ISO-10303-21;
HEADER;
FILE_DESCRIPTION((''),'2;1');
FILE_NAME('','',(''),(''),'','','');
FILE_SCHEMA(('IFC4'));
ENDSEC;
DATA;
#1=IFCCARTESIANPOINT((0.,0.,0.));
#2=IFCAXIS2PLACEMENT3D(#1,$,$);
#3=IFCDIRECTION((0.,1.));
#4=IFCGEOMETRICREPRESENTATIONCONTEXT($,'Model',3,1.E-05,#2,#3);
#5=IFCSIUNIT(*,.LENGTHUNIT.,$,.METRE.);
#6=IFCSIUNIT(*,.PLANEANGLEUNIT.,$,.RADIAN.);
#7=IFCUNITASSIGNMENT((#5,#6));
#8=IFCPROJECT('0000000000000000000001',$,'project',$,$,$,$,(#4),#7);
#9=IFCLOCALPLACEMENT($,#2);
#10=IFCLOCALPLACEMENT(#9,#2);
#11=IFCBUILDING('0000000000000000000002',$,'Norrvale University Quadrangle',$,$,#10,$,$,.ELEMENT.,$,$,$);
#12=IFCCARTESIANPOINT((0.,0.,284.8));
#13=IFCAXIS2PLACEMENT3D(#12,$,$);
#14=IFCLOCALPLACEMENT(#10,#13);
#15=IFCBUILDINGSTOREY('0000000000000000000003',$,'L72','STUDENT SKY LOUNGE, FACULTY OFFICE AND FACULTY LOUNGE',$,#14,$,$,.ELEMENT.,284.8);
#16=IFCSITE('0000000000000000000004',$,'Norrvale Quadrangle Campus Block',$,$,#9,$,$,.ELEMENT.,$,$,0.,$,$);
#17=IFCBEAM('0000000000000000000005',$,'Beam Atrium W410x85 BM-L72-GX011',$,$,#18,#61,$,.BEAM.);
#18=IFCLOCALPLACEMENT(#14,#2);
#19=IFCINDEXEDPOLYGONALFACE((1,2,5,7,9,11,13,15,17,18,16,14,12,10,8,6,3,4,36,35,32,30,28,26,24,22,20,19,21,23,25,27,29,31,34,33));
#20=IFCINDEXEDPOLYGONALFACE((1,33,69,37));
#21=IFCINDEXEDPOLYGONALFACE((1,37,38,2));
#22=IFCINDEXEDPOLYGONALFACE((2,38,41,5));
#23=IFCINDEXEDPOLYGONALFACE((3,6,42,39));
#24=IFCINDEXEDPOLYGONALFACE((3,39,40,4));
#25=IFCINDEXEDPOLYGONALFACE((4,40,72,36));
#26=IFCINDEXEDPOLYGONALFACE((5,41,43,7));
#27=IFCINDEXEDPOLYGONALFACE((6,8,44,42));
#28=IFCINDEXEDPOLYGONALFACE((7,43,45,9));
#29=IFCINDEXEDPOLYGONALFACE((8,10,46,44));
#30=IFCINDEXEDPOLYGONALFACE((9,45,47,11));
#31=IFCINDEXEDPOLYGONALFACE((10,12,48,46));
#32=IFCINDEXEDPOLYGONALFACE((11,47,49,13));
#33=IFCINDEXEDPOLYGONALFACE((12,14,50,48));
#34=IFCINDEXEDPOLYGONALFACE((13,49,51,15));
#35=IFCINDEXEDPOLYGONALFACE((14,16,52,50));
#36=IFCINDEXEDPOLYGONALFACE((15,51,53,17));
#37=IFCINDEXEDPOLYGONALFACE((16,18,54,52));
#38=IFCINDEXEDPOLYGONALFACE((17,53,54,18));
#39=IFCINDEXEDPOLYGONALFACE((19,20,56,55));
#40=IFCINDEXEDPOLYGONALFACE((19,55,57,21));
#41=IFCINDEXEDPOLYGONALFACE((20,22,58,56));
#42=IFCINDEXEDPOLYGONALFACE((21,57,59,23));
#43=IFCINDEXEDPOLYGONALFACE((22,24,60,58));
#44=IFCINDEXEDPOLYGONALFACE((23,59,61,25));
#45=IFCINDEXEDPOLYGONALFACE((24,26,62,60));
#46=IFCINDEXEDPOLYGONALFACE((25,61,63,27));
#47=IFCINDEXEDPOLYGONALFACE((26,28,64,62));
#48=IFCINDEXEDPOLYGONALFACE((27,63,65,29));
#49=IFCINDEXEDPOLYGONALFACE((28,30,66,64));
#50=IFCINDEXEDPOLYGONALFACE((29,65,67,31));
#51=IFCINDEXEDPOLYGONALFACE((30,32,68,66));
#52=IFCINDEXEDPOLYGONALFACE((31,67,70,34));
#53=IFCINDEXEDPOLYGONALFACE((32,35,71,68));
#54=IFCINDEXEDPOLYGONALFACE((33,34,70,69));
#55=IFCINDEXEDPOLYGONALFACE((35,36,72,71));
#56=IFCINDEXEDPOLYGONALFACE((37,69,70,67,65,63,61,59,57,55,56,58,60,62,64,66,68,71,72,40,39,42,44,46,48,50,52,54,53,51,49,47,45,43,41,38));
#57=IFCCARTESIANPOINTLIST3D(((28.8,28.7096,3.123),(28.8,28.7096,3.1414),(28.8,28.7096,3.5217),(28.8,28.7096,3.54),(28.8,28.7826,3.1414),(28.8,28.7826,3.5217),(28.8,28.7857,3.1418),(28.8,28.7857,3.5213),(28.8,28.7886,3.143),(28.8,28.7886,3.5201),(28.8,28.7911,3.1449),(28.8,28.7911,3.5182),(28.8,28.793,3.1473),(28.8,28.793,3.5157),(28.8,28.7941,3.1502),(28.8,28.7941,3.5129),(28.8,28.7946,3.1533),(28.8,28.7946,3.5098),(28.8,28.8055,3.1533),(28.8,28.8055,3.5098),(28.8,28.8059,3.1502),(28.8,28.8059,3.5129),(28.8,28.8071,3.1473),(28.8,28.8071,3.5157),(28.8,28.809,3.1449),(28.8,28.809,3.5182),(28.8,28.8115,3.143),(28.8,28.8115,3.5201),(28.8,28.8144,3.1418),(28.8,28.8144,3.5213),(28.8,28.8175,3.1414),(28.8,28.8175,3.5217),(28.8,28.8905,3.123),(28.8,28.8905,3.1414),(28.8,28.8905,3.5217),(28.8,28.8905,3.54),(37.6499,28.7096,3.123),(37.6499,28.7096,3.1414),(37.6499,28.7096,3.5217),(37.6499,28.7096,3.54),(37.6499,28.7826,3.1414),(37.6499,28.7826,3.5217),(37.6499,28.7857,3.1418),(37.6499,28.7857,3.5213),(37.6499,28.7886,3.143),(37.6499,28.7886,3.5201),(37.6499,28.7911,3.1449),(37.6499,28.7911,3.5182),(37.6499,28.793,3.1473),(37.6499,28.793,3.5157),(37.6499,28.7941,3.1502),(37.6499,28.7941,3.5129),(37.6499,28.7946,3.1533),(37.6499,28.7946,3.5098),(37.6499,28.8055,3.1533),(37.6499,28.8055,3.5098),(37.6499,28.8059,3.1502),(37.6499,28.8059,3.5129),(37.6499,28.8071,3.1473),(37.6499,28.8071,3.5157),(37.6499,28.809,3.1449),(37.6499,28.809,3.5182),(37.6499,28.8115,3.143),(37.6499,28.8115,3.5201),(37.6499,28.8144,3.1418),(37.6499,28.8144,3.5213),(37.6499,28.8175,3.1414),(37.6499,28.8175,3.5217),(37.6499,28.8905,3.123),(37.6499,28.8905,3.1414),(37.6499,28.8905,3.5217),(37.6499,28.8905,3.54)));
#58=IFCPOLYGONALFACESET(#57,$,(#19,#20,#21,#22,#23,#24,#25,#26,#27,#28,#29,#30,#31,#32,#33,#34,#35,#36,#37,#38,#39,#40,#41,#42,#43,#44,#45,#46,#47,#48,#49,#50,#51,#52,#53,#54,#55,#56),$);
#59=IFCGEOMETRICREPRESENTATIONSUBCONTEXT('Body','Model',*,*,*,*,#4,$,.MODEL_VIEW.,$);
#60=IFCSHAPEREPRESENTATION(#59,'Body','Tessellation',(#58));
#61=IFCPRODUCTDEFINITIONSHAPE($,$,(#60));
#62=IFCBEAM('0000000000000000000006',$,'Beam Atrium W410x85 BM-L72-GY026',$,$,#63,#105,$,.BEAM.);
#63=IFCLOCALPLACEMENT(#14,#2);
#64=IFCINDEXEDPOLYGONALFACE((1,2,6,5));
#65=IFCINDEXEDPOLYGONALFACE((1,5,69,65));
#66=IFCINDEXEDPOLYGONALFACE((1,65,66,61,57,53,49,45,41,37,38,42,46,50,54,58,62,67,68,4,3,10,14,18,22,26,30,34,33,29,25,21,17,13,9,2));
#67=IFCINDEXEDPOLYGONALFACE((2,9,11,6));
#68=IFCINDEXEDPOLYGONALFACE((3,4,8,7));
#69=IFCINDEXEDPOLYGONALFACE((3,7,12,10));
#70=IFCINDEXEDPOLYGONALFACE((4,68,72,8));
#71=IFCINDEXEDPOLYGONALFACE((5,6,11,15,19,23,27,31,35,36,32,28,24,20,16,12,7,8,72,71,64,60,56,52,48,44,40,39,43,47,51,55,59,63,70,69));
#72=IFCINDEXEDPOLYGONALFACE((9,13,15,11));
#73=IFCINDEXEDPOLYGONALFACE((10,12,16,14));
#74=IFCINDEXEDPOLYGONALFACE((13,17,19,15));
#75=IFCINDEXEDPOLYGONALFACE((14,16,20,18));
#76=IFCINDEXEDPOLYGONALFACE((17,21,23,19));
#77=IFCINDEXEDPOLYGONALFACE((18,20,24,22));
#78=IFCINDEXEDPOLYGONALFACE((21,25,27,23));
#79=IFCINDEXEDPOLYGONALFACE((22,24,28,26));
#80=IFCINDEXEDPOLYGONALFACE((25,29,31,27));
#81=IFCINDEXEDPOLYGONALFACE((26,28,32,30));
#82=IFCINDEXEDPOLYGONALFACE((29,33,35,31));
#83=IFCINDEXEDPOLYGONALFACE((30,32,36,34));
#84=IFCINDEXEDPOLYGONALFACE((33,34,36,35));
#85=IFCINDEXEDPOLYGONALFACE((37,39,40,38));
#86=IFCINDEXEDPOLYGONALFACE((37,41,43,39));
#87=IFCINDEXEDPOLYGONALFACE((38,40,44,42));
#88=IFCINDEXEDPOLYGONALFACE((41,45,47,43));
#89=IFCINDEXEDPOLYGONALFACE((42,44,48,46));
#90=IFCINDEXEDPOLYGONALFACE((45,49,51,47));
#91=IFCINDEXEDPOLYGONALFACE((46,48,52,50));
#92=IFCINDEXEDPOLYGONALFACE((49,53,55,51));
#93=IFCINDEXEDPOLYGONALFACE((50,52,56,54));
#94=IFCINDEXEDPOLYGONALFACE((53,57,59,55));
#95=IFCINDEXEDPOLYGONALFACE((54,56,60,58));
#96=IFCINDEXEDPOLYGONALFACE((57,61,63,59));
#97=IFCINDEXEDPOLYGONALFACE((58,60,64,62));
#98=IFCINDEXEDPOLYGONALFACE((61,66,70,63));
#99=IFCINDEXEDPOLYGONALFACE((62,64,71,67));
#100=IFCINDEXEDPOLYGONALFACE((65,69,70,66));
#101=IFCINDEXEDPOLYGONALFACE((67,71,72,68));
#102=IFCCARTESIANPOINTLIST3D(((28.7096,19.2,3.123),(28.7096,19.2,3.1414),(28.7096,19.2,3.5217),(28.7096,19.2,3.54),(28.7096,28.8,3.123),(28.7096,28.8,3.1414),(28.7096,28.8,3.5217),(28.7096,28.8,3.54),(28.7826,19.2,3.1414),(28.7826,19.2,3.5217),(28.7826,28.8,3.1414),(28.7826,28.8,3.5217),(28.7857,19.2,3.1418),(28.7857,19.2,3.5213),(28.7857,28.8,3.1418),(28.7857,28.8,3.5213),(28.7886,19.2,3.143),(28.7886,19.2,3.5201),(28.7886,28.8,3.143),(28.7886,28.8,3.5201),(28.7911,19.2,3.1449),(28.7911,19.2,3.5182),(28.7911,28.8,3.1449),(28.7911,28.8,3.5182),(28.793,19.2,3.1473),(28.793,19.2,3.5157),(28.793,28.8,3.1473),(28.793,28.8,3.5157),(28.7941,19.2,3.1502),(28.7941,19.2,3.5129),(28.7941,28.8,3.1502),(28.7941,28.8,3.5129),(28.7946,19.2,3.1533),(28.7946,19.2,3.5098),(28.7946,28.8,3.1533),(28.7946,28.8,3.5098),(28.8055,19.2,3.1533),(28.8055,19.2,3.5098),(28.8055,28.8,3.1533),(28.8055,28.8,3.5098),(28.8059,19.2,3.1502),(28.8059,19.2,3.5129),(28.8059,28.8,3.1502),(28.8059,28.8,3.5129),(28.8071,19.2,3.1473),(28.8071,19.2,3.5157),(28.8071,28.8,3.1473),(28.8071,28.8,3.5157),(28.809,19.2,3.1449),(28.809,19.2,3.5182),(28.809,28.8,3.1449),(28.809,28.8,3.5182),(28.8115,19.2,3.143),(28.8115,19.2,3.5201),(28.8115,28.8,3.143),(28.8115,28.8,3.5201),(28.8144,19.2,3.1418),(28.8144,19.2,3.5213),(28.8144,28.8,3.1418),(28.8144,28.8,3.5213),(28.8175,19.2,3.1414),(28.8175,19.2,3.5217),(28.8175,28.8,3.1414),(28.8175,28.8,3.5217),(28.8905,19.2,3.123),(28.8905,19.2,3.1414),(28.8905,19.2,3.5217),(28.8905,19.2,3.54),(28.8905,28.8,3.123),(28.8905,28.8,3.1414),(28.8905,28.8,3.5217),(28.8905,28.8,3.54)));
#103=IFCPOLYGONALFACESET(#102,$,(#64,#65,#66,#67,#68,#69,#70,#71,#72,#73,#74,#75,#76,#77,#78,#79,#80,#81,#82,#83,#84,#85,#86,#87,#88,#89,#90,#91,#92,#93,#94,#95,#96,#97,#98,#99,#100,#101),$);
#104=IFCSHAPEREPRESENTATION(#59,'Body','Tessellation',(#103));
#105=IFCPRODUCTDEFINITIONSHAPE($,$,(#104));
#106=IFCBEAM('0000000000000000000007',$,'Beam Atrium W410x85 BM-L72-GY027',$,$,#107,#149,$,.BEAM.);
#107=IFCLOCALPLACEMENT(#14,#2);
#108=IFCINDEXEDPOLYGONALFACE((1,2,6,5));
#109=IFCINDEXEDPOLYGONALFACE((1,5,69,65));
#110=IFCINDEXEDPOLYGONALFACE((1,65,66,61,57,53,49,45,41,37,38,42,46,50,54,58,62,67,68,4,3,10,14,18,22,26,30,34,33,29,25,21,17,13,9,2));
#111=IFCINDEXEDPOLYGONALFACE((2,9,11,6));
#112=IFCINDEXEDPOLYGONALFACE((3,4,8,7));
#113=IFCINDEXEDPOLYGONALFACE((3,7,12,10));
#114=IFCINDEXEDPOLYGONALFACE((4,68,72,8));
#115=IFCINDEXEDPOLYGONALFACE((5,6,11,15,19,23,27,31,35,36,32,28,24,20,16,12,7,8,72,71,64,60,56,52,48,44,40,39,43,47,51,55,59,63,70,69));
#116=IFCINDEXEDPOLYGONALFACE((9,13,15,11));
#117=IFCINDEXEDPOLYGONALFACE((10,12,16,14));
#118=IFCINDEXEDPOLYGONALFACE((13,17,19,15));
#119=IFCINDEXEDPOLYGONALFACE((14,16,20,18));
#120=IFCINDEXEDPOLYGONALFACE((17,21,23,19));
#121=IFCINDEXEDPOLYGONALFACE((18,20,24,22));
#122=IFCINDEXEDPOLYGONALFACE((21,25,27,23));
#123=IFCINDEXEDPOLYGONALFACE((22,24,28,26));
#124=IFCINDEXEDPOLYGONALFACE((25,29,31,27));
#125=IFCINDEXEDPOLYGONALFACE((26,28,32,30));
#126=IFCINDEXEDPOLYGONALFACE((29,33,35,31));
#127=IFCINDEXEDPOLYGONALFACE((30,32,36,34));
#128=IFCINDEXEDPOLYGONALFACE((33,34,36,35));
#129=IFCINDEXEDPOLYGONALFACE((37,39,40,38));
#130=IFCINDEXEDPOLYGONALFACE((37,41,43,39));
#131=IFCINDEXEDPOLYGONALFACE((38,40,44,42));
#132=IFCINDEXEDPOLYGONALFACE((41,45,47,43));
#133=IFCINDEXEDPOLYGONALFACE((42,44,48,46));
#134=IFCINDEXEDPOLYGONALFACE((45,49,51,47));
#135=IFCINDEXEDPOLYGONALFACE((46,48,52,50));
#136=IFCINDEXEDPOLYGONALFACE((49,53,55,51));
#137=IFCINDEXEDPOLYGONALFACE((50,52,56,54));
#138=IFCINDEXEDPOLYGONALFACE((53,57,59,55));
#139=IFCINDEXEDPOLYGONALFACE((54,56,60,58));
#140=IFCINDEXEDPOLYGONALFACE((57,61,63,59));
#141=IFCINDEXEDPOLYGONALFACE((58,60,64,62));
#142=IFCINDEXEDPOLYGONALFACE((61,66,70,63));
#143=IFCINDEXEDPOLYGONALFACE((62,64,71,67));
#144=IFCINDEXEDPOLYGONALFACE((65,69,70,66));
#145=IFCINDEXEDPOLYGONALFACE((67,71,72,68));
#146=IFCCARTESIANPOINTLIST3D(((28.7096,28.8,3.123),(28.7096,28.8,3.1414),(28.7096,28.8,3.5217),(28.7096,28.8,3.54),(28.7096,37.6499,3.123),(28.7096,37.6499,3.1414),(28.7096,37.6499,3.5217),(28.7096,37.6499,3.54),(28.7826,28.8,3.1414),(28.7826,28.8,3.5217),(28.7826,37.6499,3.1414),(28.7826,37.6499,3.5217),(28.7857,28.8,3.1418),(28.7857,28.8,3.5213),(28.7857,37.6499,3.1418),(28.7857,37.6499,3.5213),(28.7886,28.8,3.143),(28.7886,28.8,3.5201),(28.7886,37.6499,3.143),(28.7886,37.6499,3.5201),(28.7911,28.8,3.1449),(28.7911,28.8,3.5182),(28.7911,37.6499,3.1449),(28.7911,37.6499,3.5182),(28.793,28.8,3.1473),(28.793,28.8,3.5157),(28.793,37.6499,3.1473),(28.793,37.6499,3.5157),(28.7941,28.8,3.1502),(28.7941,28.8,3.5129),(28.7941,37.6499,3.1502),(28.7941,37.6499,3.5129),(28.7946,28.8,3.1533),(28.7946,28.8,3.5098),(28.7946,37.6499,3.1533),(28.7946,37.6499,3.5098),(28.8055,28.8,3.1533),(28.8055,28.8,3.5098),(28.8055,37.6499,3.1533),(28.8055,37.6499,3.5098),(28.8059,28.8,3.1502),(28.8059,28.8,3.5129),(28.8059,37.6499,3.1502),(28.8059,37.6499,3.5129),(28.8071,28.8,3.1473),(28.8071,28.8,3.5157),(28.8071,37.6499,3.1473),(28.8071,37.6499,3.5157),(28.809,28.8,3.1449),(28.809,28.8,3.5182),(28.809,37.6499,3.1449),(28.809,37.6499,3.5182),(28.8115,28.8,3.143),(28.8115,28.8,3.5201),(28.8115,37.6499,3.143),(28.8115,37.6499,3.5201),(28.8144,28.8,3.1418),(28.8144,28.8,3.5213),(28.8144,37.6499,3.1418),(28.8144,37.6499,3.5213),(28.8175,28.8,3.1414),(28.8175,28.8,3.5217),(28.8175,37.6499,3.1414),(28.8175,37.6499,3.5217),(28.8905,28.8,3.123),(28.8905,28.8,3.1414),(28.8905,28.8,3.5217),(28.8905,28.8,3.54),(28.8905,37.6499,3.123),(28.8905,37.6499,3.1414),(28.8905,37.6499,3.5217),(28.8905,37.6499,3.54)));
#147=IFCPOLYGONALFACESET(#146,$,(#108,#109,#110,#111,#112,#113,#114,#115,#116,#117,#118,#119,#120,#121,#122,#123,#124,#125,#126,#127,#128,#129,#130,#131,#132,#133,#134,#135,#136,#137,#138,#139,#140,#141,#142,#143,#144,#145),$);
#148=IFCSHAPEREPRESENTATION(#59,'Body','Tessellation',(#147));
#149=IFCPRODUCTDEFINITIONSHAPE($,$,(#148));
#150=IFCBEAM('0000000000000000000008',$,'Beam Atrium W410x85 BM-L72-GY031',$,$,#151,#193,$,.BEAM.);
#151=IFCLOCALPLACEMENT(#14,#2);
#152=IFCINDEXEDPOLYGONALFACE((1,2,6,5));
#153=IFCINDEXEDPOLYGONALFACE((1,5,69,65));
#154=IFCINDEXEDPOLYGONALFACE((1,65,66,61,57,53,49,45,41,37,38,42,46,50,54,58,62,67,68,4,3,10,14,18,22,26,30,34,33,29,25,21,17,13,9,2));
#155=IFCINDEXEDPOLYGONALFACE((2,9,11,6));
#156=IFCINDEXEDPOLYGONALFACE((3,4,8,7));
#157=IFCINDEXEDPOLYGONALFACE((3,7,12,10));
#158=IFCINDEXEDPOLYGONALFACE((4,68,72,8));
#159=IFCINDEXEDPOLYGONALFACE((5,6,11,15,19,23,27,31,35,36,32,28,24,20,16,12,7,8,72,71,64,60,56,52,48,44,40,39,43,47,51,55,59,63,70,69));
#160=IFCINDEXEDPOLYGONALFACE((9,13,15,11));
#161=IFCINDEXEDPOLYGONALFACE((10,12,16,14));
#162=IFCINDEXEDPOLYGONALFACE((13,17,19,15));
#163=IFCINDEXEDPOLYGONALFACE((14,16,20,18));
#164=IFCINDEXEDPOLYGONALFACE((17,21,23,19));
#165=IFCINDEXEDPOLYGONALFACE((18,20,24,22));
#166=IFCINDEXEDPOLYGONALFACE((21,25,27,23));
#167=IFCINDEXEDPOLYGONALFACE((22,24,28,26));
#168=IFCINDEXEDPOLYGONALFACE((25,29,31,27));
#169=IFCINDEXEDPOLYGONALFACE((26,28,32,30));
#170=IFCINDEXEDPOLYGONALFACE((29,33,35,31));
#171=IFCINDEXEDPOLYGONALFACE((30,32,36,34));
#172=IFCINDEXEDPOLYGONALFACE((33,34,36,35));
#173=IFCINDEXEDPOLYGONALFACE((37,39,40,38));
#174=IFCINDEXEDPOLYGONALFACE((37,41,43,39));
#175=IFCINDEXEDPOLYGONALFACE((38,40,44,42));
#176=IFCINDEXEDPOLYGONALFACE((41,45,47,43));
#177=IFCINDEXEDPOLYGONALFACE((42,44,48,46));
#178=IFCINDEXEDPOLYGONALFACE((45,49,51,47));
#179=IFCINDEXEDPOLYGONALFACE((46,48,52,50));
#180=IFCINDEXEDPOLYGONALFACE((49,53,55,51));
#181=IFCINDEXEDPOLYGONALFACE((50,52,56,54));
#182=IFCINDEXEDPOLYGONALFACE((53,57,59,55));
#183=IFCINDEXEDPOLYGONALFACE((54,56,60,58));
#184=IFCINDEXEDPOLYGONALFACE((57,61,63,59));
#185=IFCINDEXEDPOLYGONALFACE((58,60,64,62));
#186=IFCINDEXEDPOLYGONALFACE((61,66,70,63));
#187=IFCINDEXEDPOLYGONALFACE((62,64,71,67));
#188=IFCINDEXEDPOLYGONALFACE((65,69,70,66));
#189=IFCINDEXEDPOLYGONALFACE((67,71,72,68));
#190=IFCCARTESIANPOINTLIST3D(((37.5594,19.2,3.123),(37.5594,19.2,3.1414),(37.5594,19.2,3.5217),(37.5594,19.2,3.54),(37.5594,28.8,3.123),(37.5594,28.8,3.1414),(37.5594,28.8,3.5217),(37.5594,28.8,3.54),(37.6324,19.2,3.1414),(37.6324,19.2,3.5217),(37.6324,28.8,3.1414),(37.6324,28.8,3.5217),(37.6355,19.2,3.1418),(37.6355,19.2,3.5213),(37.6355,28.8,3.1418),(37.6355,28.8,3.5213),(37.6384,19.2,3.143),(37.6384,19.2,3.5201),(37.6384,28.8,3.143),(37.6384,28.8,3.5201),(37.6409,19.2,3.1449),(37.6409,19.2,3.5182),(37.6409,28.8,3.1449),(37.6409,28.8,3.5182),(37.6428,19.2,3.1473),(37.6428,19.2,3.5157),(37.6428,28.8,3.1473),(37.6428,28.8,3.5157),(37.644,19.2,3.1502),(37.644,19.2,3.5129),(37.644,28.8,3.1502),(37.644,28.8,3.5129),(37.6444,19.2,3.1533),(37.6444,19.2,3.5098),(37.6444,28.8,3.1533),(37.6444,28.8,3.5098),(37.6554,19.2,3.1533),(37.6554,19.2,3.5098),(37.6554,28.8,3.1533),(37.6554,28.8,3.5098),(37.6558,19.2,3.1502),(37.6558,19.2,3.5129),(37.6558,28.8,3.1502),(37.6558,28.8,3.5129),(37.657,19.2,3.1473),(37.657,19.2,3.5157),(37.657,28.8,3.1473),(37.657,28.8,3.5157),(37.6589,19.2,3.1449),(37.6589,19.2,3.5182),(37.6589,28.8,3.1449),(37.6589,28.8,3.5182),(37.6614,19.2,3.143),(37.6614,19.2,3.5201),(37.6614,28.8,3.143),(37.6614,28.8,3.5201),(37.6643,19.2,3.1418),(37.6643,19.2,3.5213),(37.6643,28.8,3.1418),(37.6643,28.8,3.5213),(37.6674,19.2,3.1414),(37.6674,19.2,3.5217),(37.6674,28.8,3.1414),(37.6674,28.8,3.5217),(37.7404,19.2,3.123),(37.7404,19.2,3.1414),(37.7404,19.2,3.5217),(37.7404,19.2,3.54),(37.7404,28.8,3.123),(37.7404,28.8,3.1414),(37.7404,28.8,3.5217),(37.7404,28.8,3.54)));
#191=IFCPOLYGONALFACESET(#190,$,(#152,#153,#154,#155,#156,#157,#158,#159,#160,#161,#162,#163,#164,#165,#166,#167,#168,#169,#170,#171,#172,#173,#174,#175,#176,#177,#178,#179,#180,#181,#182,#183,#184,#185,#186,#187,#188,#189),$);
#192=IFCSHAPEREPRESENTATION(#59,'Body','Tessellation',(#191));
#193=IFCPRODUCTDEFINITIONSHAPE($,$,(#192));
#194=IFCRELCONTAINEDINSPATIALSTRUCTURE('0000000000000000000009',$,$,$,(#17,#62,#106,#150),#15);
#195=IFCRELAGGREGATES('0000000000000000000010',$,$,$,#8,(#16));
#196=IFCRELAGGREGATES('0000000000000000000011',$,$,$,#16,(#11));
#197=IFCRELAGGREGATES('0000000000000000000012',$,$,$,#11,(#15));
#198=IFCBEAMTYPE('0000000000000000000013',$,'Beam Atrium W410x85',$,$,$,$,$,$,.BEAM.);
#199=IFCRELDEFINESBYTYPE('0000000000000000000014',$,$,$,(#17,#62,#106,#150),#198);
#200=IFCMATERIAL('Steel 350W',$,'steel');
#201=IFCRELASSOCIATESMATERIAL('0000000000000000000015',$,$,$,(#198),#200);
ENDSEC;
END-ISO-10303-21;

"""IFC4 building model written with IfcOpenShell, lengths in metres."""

from ifc_helpers import new_model, si_unit, direction, frame, origin, origin_2d, place, context, subcontext, project, spatial, i_section, extrude, material, material_profile, profile_set, type_object, element, save


model = new_model("IFC4")

# Units and contexts
model_context = context("Model", 3, precision=1e-05, world=origin(), true_north=direction((0.0, 1.0)))
body_context = subcontext(model_context, "Body", "Model", "MODEL_VIEW")
ifc_project = project(units=[si_unit("LENGTHUNIT", "METRE"), si_unit("PLANEANGLEUNIT", "RADIAN")], contexts=[model_context])

# Site, building, storey
site_placement = place(None, origin())
site = spatial("IfcSite", under=ifc_project, at=site_placement, Name="Norrvale Quadrangle Campus Block", CompositionType="ELEMENT", RefElevation=0.0)
building_placement = place(site_placement, origin())
building = spatial("IfcBuilding", under=site, at=building_placement, Name="Norrvale University Quadrangle", CompositionType="ELEMENT")
storey_placement = place(building_placement, frame((0.0, 0.0, 284.8)))
storey = spatial("IfcBuildingStorey", under=building, at=storey_placement, Name="L72", Description="STUDENT SKY LOUNGE, FACULTY OFFICE AND FACULTY LOUNGE", CompositionType="ELEMENT", Elevation=284.8)

# Beams
ifc_material_1 = material(Name="Steel 350W", Category="steel")
ifc_material_profile_1 = material_profile(ifc_material_1, i_section(OverallWidth=0.1809, OverallDepth=0.417, WebThickness=0.011, FlangeThickness=0.0183, FilletRadius=0.012, at=origin_2d()), Name="Steel 350W")
ifc_profile_set_1 = profile_set([ifc_material_profile_1], Name="Steel 350W")
beam_type_1 = type_object("IfcBeamType", Name="Beam Atrium W410x85", PredefinedType="BEAM", material=ifc_profile_set_1)
beam_1_placement = place(storey_placement, frame((28.8, 28.8, 3.3315), z_axis=(1.0, 0.0, 0.0), x_axis=(0.0, 1.0, 0.0)))
element("IfcBeam", 1, at=beam_1_placement, inside=storey, type_object=beam_type_1, Name="Beam Atrium W410x85 BM-L72-GX011", PredefinedType="BEAM", context=body_context, shape_type="SweptSolid", body=[
    extrude(i_section(OverallWidth=0.1809, OverallDepth=0.417, WebThickness=0.011, FlangeThickness=0.0183, FilletRadius=0.012, at=origin_2d()), origin(), (0.0, 0.0, 1.0), 8.8499),
])
beam_2_placement = place(storey_placement, frame((28.8, 19.2, 3.3315), z_axis=(0.0, 1.0, 0.0), x_axis=(-1.0, 0.0, 0.0)))
element("IfcBeam", 2, at=beam_2_placement, inside=storey, type_object=beam_type_1, Name="Beam Atrium W410x85 BM-L72-GY026", PredefinedType="BEAM", context=body_context, shape_type="SweptSolid", body=[
    extrude(i_section(OverallWidth=0.1809, OverallDepth=0.417, WebThickness=0.011, FlangeThickness=0.0183, FilletRadius=0.012, at=origin_2d()), origin(), (0.0, 0.0, 1.0), 9.6001),
])
beam_3_placement = place(storey_placement, frame((28.8, 28.8, 3.3315), z_axis=(0.0, 1.0, 0.0), x_axis=(-1.0, 0.0, 0.0)))
element("IfcBeam", 3, at=beam_3_placement, inside=storey, type_object=beam_type_1, Name="Beam Atrium W410x85 BM-L72-GY027", PredefinedType="BEAM", context=body_context, shape_type="SweptSolid", body=[
    extrude(i_section(OverallWidth=0.1809, OverallDepth=0.417, WebThickness=0.011, FlangeThickness=0.0183, FilletRadius=0.012, at=origin_2d()), origin(), (0.0, 0.0, 1.0), 8.8499),
])
for number, where, z_axis, x_axis, name in (
    (4, (37.6499, 19.2, 3.3315), (0.0, 1.0, 0.0), (-1.0, 0.0, 0.0), "Beam Atrium W410x85 BM-L72-GY031"),
):
    element("IfcBeam", number, at=place(storey_placement, frame(where, z_axis=z_axis, x_axis=x_axis)), inside=storey, type_object=beam_type_1, Name=name, PredefinedType="BEAM", context=body_context, shape_type="SweptSolid", body=[
        extrude(i_section(OverallWidth=0.1809, OverallDepth=0.417, WebThickness=0.011, FlangeThickness=0.0183, FilletRadius=0.012, at=origin_2d()), origin(), (0.0, 0.0, 1.0), 9.6001),
    ])

save(model, "model.ifc")
